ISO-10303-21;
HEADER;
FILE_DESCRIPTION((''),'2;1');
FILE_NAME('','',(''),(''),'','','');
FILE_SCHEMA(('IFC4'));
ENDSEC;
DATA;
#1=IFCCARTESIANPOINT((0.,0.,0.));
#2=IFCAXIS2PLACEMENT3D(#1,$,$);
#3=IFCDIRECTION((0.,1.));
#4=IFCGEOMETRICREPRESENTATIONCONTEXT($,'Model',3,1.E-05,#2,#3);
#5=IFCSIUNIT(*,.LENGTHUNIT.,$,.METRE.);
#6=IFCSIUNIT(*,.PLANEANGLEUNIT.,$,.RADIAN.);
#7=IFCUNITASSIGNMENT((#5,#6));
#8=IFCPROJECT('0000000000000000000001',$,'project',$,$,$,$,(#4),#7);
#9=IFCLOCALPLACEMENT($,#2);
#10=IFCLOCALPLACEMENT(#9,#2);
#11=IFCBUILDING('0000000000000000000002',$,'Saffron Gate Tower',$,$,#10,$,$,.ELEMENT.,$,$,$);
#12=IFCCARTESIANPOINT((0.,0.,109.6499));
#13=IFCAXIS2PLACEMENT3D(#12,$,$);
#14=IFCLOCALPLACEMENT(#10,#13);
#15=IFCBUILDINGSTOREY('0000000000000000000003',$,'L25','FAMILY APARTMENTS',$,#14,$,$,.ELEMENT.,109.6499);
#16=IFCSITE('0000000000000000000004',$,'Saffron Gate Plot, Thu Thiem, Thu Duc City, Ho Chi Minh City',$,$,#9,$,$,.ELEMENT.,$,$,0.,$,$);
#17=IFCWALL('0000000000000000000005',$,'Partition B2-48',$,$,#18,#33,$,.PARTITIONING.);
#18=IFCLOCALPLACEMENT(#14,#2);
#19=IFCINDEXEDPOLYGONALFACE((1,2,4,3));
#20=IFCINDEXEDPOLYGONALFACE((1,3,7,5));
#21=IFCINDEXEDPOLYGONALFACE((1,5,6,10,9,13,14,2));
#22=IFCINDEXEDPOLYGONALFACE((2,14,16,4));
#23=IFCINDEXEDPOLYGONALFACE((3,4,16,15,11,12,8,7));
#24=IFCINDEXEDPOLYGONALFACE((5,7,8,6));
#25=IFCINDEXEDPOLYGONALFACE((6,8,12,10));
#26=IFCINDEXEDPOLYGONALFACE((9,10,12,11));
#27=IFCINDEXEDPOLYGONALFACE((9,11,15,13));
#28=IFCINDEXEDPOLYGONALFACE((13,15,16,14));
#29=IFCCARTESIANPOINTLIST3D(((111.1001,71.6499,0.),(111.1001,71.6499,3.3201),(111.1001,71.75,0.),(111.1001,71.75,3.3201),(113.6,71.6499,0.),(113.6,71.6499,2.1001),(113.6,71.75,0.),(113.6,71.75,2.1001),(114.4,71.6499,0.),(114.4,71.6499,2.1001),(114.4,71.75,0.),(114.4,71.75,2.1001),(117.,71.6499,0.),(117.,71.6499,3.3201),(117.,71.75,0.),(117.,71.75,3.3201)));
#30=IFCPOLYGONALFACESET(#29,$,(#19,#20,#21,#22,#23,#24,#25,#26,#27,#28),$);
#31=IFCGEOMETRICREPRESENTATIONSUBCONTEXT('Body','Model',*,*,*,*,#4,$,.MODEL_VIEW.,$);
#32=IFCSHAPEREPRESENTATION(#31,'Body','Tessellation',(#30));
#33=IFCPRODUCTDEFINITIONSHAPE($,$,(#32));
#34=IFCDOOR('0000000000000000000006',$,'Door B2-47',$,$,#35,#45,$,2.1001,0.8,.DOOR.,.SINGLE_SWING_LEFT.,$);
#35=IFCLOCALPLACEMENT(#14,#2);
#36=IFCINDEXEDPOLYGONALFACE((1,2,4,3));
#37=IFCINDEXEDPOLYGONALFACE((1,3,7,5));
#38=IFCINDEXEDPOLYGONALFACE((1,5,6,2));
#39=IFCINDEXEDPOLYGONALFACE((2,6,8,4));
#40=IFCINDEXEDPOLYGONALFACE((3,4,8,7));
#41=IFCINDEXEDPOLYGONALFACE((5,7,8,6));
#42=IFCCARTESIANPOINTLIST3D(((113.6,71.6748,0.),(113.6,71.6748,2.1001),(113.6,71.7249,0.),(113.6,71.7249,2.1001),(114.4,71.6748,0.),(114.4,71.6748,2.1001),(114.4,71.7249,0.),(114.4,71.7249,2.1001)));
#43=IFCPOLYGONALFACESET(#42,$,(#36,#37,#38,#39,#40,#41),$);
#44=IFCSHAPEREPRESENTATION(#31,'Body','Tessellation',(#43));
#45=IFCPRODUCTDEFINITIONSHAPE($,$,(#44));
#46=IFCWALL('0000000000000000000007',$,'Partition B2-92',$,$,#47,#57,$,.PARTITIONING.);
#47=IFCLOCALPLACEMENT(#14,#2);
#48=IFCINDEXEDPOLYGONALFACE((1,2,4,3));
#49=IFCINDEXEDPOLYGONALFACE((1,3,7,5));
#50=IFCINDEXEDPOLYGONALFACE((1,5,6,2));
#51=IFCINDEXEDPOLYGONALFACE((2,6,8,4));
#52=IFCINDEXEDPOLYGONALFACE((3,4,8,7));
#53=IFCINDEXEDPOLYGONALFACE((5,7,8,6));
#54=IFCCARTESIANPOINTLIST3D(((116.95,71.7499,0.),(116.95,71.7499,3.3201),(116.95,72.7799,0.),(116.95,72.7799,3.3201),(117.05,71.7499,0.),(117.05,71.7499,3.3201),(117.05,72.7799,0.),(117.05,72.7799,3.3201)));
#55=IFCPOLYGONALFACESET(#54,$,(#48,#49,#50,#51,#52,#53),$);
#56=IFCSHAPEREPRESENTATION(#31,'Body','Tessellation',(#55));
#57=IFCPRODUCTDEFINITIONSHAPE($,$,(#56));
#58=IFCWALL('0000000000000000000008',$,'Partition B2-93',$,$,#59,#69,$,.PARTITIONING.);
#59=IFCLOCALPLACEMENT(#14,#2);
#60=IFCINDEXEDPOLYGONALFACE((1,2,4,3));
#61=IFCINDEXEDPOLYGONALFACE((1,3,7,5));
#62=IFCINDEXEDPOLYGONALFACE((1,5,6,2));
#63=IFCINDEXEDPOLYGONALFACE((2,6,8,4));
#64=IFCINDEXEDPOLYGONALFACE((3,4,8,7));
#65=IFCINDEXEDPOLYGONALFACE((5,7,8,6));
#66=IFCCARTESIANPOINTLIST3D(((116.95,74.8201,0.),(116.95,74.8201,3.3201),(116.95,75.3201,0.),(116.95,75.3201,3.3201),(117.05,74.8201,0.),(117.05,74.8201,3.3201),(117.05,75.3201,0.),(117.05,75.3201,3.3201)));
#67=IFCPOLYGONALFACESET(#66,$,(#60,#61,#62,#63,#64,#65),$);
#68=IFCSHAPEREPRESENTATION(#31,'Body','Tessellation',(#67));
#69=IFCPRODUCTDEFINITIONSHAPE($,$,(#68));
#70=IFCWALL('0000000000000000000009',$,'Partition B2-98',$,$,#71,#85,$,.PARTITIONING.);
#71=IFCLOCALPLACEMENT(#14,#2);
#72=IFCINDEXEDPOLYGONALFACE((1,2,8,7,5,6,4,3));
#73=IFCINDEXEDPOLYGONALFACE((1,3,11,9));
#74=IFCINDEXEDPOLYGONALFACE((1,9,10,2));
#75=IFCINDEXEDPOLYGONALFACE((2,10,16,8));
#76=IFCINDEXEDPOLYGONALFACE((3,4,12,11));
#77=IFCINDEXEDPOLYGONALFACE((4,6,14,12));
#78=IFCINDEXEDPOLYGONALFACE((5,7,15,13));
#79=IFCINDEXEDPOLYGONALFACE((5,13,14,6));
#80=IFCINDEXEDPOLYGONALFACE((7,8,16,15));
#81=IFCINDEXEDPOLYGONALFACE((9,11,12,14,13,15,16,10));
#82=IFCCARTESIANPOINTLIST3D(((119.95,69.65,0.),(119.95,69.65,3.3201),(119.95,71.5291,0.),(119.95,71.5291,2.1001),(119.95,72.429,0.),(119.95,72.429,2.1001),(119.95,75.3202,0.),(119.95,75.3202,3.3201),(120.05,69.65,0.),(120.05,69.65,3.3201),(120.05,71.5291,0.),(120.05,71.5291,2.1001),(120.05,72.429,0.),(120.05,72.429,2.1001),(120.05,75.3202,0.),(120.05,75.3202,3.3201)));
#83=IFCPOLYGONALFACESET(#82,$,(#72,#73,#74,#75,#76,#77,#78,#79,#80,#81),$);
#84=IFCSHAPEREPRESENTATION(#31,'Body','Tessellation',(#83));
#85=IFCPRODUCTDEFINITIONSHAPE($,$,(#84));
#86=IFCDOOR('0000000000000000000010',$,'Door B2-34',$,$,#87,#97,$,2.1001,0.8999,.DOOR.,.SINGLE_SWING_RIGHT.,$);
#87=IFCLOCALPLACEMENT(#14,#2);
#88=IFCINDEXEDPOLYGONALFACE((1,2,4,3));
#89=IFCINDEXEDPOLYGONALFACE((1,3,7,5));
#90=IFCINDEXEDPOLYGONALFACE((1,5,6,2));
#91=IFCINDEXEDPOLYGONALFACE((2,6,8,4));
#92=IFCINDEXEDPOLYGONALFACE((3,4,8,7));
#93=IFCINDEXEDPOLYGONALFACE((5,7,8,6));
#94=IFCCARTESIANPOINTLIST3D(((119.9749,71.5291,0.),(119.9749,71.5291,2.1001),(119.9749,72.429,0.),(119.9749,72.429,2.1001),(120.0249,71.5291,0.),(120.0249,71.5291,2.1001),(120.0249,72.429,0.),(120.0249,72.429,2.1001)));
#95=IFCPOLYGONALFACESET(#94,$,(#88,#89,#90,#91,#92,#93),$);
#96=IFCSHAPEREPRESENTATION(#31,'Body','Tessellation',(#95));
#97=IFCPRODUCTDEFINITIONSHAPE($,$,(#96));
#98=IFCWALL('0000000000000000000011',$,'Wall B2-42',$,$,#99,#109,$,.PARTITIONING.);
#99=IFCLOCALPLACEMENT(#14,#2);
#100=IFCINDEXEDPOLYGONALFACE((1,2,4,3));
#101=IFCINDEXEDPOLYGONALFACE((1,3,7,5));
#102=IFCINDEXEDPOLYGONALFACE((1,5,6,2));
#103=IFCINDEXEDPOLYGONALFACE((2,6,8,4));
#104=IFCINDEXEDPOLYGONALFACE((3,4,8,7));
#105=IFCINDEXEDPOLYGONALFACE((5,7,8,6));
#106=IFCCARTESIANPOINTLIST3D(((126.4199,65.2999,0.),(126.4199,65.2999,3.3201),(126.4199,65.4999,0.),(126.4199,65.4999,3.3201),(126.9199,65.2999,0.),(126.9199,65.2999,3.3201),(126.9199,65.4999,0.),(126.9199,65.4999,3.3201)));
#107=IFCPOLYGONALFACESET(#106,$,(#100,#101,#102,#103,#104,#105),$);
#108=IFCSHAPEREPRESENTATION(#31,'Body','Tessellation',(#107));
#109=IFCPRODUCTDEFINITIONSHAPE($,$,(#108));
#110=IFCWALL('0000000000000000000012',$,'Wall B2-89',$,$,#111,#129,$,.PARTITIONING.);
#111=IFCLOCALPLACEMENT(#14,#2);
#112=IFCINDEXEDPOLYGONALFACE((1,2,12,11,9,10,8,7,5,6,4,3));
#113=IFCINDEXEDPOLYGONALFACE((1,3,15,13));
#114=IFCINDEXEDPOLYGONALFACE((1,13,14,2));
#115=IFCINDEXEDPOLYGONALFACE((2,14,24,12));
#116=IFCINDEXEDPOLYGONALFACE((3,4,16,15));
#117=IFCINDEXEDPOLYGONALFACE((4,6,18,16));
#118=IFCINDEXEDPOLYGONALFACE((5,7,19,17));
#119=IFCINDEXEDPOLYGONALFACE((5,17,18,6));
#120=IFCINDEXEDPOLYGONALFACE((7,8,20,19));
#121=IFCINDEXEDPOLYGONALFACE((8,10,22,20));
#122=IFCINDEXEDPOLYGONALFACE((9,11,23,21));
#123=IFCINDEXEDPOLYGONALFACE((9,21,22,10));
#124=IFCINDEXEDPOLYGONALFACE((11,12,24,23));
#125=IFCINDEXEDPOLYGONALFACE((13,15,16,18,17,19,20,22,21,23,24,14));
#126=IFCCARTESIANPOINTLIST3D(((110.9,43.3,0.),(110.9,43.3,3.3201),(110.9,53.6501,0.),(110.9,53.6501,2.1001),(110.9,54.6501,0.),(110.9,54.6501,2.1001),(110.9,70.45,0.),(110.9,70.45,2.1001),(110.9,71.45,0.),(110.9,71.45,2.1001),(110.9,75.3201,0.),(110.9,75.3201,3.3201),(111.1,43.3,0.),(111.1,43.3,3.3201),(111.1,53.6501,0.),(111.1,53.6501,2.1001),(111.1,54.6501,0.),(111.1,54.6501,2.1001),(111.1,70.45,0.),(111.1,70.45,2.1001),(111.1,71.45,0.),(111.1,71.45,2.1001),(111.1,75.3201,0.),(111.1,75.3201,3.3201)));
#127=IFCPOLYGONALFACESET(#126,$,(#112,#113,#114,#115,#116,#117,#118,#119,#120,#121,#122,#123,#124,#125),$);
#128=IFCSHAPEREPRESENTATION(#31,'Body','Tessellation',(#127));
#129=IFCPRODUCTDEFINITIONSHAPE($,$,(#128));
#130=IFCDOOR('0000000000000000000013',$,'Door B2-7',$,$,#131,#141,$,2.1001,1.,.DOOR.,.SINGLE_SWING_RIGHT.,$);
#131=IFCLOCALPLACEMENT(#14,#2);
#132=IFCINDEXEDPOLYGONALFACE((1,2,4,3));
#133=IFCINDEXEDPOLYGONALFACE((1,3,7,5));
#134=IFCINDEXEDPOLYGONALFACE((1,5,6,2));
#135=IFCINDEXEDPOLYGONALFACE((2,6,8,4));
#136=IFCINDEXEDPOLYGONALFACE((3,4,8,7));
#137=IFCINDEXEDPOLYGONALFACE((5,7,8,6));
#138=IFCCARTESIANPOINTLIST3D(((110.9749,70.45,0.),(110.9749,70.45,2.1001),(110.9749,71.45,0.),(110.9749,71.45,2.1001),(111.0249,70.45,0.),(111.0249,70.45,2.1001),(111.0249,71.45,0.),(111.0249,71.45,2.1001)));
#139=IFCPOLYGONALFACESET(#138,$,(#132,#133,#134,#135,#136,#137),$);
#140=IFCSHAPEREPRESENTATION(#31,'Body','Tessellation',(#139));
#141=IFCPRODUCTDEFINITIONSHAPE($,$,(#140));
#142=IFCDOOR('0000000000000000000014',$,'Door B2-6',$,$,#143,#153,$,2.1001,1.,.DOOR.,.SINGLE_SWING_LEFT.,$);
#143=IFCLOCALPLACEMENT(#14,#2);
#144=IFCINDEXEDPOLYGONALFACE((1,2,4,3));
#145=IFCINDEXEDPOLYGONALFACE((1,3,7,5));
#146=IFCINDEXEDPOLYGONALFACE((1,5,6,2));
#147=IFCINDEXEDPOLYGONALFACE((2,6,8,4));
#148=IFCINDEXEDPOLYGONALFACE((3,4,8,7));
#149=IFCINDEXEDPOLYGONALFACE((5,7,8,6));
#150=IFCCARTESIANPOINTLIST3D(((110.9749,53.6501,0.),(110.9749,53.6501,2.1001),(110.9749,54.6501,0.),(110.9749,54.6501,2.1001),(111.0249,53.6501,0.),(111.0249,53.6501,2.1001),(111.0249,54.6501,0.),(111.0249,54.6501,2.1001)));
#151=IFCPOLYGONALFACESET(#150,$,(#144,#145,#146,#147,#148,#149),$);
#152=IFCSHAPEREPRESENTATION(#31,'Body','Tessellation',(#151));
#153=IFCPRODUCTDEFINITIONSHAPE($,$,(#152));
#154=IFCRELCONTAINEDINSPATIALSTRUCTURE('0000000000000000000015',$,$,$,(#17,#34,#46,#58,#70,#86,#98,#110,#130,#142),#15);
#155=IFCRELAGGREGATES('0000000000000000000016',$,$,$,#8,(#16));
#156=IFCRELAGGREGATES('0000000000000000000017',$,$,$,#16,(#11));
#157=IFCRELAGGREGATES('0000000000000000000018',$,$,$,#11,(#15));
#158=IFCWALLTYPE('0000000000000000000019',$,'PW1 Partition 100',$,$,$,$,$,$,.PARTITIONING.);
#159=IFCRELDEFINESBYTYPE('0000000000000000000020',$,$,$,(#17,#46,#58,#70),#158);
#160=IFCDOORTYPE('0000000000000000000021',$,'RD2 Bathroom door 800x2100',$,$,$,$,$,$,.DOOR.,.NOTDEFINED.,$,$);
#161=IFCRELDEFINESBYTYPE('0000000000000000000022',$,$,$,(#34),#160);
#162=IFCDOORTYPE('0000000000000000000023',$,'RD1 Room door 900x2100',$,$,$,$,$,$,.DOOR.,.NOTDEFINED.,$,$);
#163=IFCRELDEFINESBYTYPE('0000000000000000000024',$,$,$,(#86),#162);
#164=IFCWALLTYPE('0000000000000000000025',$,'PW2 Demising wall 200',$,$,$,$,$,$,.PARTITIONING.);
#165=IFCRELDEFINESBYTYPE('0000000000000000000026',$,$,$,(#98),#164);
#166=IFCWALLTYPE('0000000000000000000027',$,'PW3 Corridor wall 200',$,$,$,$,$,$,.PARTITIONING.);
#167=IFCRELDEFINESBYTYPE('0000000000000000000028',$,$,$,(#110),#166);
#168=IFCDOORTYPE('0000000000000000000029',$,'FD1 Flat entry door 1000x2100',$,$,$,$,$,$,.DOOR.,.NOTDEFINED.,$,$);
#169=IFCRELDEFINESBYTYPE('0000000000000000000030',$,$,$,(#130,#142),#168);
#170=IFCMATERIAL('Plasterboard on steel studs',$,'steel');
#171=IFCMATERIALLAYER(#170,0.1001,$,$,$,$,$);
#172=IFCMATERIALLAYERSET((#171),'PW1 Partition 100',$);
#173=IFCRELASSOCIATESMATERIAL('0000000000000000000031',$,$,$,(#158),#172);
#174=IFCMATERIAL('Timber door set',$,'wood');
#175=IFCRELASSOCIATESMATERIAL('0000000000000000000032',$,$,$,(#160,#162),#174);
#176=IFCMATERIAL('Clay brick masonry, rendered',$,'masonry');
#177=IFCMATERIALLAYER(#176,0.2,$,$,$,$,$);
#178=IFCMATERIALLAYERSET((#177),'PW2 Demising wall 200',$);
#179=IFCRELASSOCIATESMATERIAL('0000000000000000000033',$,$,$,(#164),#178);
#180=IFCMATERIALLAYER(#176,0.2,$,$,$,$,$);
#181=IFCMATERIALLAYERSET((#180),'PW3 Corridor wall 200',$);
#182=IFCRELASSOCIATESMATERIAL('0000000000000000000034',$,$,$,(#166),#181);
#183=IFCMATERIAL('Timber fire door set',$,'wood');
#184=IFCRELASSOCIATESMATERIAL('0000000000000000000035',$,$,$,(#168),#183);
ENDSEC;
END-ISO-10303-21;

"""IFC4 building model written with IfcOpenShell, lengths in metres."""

from ifc_helpers import new_model, si_unit, direction, frame, frame_2d, origin, place, context, subcontext, project, spatial, rectangle, extrude, material, layer, layer_set, type_object, element, fill, save


model = new_model("IFC4")

# Units and contexts
model_context = context("Model", 3, precision=1e-05, world=origin(), true_north=direction((0.0, 1.0)))
body_context = subcontext(model_context, "Body", "Model", "MODEL_VIEW")
ifc_project = project(units=[si_unit("LENGTHUNIT", "METRE"), si_unit("PLANEANGLEUNIT", "RADIAN")], contexts=[model_context])

# Site, building, storey
site_placement = place(None, origin())
site = spatial("IfcSite", under=ifc_project, at=site_placement, Name="Saffron Gate Plot, Thu Thiem, Thu Duc City, Ho Chi Minh City", CompositionType="ELEMENT", RefElevation=0.0)
building_placement = place(site_placement, origin())
building = spatial("IfcBuilding", under=site, at=building_placement, Name="Saffron Gate Tower", CompositionType="ELEMENT")
storey_placement = place(building_placement, frame((0.0, 0.0, 109.6499)))
storey = spatial("IfcBuildingStorey", under=building, at=storey_placement, Name="L25", Description="FAMILY APARTMENTS", CompositionType="ELEMENT", Elevation=109.6499)

# Shared definitions
ifc_material_1 = material(Name="Plasterboard on steel studs", Category="steel")
ifc_layer_1 = layer(ifc_material_1, 0.1001)
ifc_layer_set_1 = layer_set([ifc_layer_1], Name="PW1 Partition 100")
wall_type_1 = type_object("IfcWallType", Name="PW1 Partition 100", PredefinedType="PARTITIONING", material=ifc_layer_set_1)

# Wall, opening, door
wall_1_placement = place(storey_placement, frame((111.1001, 71.7, 0.0), z_axis=(0.0, 0.0, 1.0), x_axis=(1.0, 0.0, 0.0)))
wall_1 = element("IfcWall", 1, at=wall_1_placement, inside=storey, type_object=wall_type_1, Name="Partition B2-48", PredefinedType="PARTITIONING", context=body_context, shape_type="SweptSolid", body=[
    extrude(rectangle(XDim=5.8999, YDim=0.1001, at=frame_2d((2.95, 0.0))), origin(), (0.0, 0.0, 1.0), 3.3201),
])
opening_1_placement = place(wall_1_placement, frame((2.5, 0.0, 0.0)))
opening_1 = element("IfcOpeningElement", 2, at=opening_1_placement, cuts=wall_1, PredefinedType="OPENING", context=body_context, shape_type="SweptSolid", body=[
    extrude(rectangle(XDim=0.8, YDim=2.1001, at=frame_2d((0.3999, 1.05))), frame((0.0, 0.0601, 0.0), z_axis=(0.0, -1.0, 0.0), x_axis=(1.0, 0.0, 0.0)), (0.0, 0.0, 1.0), 0.1201),
])
ifc_material_2 = material(Name="Timber door set", Category="wood")
door_type_1 = type_object("IfcDoorType", Name="RD2 Bathroom door 800x2100", OperationType="NOTDEFINED", PredefinedType="DOOR", material=ifc_material_2)
door_1_placement = place(opening_1_placement, origin())
door_1 = element("IfcDoor", 3, at=door_1_placement, inside=storey, type_object=door_type_1, Name="Door B2-47", OperationType="SINGLE_SWING_LEFT", OverallHeight=2.1001, OverallWidth=0.8, PredefinedType="DOOR", context=body_context, shape_type="SweptSolid", body=[
    extrude(rectangle(XDim=0.8, YDim=2.1001, at=frame_2d((0.3999, 1.05))), frame((0.0, 0.0249, 0.0), z_axis=(0.0, -1.0, 0.0), x_axis=(1.0, 0.0, 0.0)), (0.0, 0.0, 1.0), 0.05),
])
fill(opening_1, door_1)

# Walls
wall_2_placement = place(storey_placement, frame((117.0, 72.78, 0.0), z_axis=(0.0, 0.0, 1.0), x_axis=(0.0, -1.0, 0.0)))
element("IfcWall", 4, at=wall_2_placement, inside=storey, type_object=wall_type_1, Name="Partition B2-92", PredefinedType="PARTITIONING", context=body_context, shape_type="SweptSolid", body=[
    extrude(rectangle(XDim=1.03, YDim=0.1001, at=frame_2d((0.5151, 0.0))), origin(), (0.0, 0.0, 1.0), 3.3201),
])
wall_3_placement = place(storey_placement, frame((117.0, 75.3201, 0.0), z_axis=(0.0, 0.0, 1.0), x_axis=(0.0, -1.0, 0.0)))
element("IfcWall", 5, at=wall_3_placement, inside=storey, type_object=wall_type_1, Name="Partition B2-93", PredefinedType="PARTITIONING", context=body_context, shape_type="SweptSolid", body=[
    extrude(rectangle(XDim=0.5, YDim=0.1001, at=frame_2d((0.25, 0.0))), origin(), (0.0, 0.0, 1.0), 3.3201),
])

# Wall, opening, door
wall_4_placement = place(storey_placement, frame((120.0, 75.3201, 0.0), z_axis=(0.0, 0.0, 1.0), x_axis=(0.0, -1.0, 0.0)))
wall_4 = element("IfcWall", 6, at=wall_4_placement, inside=storey, type_object=wall_type_1, Name="Partition B2-98", PredefinedType="PARTITIONING", context=body_context, shape_type="SweptSolid", body=[
    extrude(rectangle(XDim=5.6702, YDim=0.1001, at=frame_2d((2.835, 0.0))), origin(), (0.0, 0.0, 1.0), 3.3201),
])
opening_2_placement = place(wall_4_placement, frame((2.8911, 0.0, 0.0)))
opening_2 = element("IfcOpeningElement", 7, at=opening_2_placement, cuts=wall_4, PredefinedType="OPENING", context=body_context, shape_type="SweptSolid", body=[
    extrude(rectangle(XDim=0.8999, YDim=2.1001, at=frame_2d((0.45, 1.05))), frame((0.0, 0.0601, 0.0), z_axis=(0.0, -1.0, 0.0), x_axis=(1.0, 0.0, 0.0)), (0.0, 0.0, 1.0), 0.1201),
])
door_type_2 = type_object("IfcDoorType", Name="RD1 Room door 900x2100", OperationType="NOTDEFINED", PredefinedType="DOOR", material=ifc_material_2)
door_2_placement = place(opening_2_placement, origin())
door_2 = element("IfcDoor", 8, at=door_2_placement, inside=storey, type_object=door_type_2, Name="Door B2-34", OperationType="SINGLE_SWING_RIGHT", OverallHeight=2.1001, OverallWidth=0.8999, PredefinedType="DOOR", context=body_context, shape_type="SweptSolid", body=[
    extrude(rectangle(XDim=0.8999, YDim=2.1001, at=frame_2d((0.45, 1.05))), frame((0.0, 0.0249, 0.0), z_axis=(0.0, -1.0, 0.0), x_axis=(1.0, 0.0, 0.0)), (0.0, 0.0, 1.0), 0.05),
])
fill(opening_2, door_2)

# Wall
ifc_material_3 = material(Name="Clay brick masonry, rendered", Category="masonry")
ifc_layer_2 = layer(ifc_material_3, 0.2)
ifc_layer_set_2 = layer_set([ifc_layer_2], Name="PW2 Demising wall 200")
wall_type_2 = type_object("IfcWallType", Name="PW2 Demising wall 200", PredefinedType="PARTITIONING", material=ifc_layer_set_2)
wall_5_placement = place(storey_placement, frame((126.4199, 65.3999, 0.0), z_axis=(0.0, 0.0, 1.0), x_axis=(1.0, 0.0, 0.0)))
element("IfcWall", 9, at=wall_5_placement, inside=storey, type_object=wall_type_2, Name="Wall B2-42", PredefinedType="PARTITIONING", context=body_context, shape_type="SweptSolid", body=[
    extrude(rectangle(XDim=0.5, YDim=0.2, at=frame_2d((0.25, 0.0))), origin(), (0.0, 0.0, 1.0), 3.3201),
])

# Wall, openings, doors
ifc_layer_3 = layer(ifc_material_3, 0.2)
ifc_layer_set_3 = layer_set([ifc_layer_3], Name="PW3 Corridor wall 200")
wall_type_3 = type_object("IfcWallType", Name="PW3 Corridor wall 200", PredefinedType="PARTITIONING", material=ifc_layer_set_3)
wall_6_placement = place(storey_placement, frame((111.0, 75.3201, 0.0), z_axis=(0.0, 0.0, 1.0), x_axis=(0.0, -1.0, 0.0)))
wall_6 = element("IfcWall", 10, at=wall_6_placement, inside=storey, type_object=wall_type_3, Name="Wall B2-89", PredefinedType="PARTITIONING", context=body_context, shape_type="SweptSolid", body=[
    extrude(rectangle(XDim=32.02, YDim=0.2, at=frame_2d((16.01, 0.0))), origin(), (0.0, 0.0, 1.0), 3.3201),
])
opening_3_placement = place(wall_6_placement, frame((3.8701, 0.0, 0.0)))
opening_3 = element("IfcOpeningElement", 11, at=opening_3_placement, cuts=wall_6, PredefinedType="OPENING", context=body_context, shape_type="SweptSolid", body=[
    extrude(rectangle(XDim=1.0, YDim=2.1001, at=frame_2d((0.5, 1.05))), frame((0.0, 0.1099, 0.0), z_axis=(0.0, -1.0, 0.0), x_axis=(1.0, 0.0, 0.0)), (0.0, 0.0, 1.0), 0.22),
])
opening_4_placement = place(wall_6_placement, frame((20.6699, 0.0, 0.0)))
opening_4 = element("IfcOpeningElement", 12, at=opening_4_placement, cuts=wall_6, PredefinedType="OPENING", context=body_context, shape_type="SweptSolid", body=[
    extrude(rectangle(XDim=1.0, YDim=2.1001, at=frame_2d((0.5, 1.05))), frame((0.0, 0.1099, 0.0), z_axis=(0.0, -1.0, 0.0), x_axis=(1.0, 0.0, 0.0)), (0.0, 0.0, 1.0), 0.22),
])
ifc_material_4 = material(Name="Timber fire door set", Category="wood")
door_type_3 = type_object("IfcDoorType", Name="FD1 Flat entry door 1000x2100", OperationType="NOTDEFINED", PredefinedType="DOOR", material=ifc_material_4)
door_3_placement = place(opening_3_placement, origin())
door_3 = element("IfcDoor", 13, at=door_3_placement, inside=storey, type_object=door_type_3, Name="Door B2-7", OperationType="SINGLE_SWING_RIGHT", OverallHeight=2.1001, OverallWidth=1.0, PredefinedType="DOOR", context=body_context, shape_type="SweptSolid", body=[
    extrude(rectangle(XDim=1.0, YDim=2.1001, at=frame_2d((0.5, 1.05))), frame((0.0, 0.0249, 0.0), z_axis=(0.0, -1.0, 0.0), x_axis=(1.0, 0.0, 0.0)), (0.0, 0.0, 1.0), 0.05),
])
fill(opening_3, door_3)
door_4_placement = place(opening_4_placement, origin())
door_4 = element("IfcDoor", 14, at=door_4_placement, inside=storey, type_object=door_type_3, Name="Door B2-6", OperationType="SINGLE_SWING_LEFT", OverallHeight=2.1001, OverallWidth=1.0, PredefinedType="DOOR", context=body_context, shape_type="SweptSolid", body=[
    extrude(rectangle(XDim=1.0, YDim=2.1001, at=frame_2d((0.5, 1.05))), frame((0.0, 0.0249, 0.0), z_axis=(0.0, -1.0, 0.0), x_axis=(1.0, 0.0, 0.0)), (0.0, 0.0, 1.0), 0.05),
])
fill(opening_4, door_4)

save(model, "model.ifc")
